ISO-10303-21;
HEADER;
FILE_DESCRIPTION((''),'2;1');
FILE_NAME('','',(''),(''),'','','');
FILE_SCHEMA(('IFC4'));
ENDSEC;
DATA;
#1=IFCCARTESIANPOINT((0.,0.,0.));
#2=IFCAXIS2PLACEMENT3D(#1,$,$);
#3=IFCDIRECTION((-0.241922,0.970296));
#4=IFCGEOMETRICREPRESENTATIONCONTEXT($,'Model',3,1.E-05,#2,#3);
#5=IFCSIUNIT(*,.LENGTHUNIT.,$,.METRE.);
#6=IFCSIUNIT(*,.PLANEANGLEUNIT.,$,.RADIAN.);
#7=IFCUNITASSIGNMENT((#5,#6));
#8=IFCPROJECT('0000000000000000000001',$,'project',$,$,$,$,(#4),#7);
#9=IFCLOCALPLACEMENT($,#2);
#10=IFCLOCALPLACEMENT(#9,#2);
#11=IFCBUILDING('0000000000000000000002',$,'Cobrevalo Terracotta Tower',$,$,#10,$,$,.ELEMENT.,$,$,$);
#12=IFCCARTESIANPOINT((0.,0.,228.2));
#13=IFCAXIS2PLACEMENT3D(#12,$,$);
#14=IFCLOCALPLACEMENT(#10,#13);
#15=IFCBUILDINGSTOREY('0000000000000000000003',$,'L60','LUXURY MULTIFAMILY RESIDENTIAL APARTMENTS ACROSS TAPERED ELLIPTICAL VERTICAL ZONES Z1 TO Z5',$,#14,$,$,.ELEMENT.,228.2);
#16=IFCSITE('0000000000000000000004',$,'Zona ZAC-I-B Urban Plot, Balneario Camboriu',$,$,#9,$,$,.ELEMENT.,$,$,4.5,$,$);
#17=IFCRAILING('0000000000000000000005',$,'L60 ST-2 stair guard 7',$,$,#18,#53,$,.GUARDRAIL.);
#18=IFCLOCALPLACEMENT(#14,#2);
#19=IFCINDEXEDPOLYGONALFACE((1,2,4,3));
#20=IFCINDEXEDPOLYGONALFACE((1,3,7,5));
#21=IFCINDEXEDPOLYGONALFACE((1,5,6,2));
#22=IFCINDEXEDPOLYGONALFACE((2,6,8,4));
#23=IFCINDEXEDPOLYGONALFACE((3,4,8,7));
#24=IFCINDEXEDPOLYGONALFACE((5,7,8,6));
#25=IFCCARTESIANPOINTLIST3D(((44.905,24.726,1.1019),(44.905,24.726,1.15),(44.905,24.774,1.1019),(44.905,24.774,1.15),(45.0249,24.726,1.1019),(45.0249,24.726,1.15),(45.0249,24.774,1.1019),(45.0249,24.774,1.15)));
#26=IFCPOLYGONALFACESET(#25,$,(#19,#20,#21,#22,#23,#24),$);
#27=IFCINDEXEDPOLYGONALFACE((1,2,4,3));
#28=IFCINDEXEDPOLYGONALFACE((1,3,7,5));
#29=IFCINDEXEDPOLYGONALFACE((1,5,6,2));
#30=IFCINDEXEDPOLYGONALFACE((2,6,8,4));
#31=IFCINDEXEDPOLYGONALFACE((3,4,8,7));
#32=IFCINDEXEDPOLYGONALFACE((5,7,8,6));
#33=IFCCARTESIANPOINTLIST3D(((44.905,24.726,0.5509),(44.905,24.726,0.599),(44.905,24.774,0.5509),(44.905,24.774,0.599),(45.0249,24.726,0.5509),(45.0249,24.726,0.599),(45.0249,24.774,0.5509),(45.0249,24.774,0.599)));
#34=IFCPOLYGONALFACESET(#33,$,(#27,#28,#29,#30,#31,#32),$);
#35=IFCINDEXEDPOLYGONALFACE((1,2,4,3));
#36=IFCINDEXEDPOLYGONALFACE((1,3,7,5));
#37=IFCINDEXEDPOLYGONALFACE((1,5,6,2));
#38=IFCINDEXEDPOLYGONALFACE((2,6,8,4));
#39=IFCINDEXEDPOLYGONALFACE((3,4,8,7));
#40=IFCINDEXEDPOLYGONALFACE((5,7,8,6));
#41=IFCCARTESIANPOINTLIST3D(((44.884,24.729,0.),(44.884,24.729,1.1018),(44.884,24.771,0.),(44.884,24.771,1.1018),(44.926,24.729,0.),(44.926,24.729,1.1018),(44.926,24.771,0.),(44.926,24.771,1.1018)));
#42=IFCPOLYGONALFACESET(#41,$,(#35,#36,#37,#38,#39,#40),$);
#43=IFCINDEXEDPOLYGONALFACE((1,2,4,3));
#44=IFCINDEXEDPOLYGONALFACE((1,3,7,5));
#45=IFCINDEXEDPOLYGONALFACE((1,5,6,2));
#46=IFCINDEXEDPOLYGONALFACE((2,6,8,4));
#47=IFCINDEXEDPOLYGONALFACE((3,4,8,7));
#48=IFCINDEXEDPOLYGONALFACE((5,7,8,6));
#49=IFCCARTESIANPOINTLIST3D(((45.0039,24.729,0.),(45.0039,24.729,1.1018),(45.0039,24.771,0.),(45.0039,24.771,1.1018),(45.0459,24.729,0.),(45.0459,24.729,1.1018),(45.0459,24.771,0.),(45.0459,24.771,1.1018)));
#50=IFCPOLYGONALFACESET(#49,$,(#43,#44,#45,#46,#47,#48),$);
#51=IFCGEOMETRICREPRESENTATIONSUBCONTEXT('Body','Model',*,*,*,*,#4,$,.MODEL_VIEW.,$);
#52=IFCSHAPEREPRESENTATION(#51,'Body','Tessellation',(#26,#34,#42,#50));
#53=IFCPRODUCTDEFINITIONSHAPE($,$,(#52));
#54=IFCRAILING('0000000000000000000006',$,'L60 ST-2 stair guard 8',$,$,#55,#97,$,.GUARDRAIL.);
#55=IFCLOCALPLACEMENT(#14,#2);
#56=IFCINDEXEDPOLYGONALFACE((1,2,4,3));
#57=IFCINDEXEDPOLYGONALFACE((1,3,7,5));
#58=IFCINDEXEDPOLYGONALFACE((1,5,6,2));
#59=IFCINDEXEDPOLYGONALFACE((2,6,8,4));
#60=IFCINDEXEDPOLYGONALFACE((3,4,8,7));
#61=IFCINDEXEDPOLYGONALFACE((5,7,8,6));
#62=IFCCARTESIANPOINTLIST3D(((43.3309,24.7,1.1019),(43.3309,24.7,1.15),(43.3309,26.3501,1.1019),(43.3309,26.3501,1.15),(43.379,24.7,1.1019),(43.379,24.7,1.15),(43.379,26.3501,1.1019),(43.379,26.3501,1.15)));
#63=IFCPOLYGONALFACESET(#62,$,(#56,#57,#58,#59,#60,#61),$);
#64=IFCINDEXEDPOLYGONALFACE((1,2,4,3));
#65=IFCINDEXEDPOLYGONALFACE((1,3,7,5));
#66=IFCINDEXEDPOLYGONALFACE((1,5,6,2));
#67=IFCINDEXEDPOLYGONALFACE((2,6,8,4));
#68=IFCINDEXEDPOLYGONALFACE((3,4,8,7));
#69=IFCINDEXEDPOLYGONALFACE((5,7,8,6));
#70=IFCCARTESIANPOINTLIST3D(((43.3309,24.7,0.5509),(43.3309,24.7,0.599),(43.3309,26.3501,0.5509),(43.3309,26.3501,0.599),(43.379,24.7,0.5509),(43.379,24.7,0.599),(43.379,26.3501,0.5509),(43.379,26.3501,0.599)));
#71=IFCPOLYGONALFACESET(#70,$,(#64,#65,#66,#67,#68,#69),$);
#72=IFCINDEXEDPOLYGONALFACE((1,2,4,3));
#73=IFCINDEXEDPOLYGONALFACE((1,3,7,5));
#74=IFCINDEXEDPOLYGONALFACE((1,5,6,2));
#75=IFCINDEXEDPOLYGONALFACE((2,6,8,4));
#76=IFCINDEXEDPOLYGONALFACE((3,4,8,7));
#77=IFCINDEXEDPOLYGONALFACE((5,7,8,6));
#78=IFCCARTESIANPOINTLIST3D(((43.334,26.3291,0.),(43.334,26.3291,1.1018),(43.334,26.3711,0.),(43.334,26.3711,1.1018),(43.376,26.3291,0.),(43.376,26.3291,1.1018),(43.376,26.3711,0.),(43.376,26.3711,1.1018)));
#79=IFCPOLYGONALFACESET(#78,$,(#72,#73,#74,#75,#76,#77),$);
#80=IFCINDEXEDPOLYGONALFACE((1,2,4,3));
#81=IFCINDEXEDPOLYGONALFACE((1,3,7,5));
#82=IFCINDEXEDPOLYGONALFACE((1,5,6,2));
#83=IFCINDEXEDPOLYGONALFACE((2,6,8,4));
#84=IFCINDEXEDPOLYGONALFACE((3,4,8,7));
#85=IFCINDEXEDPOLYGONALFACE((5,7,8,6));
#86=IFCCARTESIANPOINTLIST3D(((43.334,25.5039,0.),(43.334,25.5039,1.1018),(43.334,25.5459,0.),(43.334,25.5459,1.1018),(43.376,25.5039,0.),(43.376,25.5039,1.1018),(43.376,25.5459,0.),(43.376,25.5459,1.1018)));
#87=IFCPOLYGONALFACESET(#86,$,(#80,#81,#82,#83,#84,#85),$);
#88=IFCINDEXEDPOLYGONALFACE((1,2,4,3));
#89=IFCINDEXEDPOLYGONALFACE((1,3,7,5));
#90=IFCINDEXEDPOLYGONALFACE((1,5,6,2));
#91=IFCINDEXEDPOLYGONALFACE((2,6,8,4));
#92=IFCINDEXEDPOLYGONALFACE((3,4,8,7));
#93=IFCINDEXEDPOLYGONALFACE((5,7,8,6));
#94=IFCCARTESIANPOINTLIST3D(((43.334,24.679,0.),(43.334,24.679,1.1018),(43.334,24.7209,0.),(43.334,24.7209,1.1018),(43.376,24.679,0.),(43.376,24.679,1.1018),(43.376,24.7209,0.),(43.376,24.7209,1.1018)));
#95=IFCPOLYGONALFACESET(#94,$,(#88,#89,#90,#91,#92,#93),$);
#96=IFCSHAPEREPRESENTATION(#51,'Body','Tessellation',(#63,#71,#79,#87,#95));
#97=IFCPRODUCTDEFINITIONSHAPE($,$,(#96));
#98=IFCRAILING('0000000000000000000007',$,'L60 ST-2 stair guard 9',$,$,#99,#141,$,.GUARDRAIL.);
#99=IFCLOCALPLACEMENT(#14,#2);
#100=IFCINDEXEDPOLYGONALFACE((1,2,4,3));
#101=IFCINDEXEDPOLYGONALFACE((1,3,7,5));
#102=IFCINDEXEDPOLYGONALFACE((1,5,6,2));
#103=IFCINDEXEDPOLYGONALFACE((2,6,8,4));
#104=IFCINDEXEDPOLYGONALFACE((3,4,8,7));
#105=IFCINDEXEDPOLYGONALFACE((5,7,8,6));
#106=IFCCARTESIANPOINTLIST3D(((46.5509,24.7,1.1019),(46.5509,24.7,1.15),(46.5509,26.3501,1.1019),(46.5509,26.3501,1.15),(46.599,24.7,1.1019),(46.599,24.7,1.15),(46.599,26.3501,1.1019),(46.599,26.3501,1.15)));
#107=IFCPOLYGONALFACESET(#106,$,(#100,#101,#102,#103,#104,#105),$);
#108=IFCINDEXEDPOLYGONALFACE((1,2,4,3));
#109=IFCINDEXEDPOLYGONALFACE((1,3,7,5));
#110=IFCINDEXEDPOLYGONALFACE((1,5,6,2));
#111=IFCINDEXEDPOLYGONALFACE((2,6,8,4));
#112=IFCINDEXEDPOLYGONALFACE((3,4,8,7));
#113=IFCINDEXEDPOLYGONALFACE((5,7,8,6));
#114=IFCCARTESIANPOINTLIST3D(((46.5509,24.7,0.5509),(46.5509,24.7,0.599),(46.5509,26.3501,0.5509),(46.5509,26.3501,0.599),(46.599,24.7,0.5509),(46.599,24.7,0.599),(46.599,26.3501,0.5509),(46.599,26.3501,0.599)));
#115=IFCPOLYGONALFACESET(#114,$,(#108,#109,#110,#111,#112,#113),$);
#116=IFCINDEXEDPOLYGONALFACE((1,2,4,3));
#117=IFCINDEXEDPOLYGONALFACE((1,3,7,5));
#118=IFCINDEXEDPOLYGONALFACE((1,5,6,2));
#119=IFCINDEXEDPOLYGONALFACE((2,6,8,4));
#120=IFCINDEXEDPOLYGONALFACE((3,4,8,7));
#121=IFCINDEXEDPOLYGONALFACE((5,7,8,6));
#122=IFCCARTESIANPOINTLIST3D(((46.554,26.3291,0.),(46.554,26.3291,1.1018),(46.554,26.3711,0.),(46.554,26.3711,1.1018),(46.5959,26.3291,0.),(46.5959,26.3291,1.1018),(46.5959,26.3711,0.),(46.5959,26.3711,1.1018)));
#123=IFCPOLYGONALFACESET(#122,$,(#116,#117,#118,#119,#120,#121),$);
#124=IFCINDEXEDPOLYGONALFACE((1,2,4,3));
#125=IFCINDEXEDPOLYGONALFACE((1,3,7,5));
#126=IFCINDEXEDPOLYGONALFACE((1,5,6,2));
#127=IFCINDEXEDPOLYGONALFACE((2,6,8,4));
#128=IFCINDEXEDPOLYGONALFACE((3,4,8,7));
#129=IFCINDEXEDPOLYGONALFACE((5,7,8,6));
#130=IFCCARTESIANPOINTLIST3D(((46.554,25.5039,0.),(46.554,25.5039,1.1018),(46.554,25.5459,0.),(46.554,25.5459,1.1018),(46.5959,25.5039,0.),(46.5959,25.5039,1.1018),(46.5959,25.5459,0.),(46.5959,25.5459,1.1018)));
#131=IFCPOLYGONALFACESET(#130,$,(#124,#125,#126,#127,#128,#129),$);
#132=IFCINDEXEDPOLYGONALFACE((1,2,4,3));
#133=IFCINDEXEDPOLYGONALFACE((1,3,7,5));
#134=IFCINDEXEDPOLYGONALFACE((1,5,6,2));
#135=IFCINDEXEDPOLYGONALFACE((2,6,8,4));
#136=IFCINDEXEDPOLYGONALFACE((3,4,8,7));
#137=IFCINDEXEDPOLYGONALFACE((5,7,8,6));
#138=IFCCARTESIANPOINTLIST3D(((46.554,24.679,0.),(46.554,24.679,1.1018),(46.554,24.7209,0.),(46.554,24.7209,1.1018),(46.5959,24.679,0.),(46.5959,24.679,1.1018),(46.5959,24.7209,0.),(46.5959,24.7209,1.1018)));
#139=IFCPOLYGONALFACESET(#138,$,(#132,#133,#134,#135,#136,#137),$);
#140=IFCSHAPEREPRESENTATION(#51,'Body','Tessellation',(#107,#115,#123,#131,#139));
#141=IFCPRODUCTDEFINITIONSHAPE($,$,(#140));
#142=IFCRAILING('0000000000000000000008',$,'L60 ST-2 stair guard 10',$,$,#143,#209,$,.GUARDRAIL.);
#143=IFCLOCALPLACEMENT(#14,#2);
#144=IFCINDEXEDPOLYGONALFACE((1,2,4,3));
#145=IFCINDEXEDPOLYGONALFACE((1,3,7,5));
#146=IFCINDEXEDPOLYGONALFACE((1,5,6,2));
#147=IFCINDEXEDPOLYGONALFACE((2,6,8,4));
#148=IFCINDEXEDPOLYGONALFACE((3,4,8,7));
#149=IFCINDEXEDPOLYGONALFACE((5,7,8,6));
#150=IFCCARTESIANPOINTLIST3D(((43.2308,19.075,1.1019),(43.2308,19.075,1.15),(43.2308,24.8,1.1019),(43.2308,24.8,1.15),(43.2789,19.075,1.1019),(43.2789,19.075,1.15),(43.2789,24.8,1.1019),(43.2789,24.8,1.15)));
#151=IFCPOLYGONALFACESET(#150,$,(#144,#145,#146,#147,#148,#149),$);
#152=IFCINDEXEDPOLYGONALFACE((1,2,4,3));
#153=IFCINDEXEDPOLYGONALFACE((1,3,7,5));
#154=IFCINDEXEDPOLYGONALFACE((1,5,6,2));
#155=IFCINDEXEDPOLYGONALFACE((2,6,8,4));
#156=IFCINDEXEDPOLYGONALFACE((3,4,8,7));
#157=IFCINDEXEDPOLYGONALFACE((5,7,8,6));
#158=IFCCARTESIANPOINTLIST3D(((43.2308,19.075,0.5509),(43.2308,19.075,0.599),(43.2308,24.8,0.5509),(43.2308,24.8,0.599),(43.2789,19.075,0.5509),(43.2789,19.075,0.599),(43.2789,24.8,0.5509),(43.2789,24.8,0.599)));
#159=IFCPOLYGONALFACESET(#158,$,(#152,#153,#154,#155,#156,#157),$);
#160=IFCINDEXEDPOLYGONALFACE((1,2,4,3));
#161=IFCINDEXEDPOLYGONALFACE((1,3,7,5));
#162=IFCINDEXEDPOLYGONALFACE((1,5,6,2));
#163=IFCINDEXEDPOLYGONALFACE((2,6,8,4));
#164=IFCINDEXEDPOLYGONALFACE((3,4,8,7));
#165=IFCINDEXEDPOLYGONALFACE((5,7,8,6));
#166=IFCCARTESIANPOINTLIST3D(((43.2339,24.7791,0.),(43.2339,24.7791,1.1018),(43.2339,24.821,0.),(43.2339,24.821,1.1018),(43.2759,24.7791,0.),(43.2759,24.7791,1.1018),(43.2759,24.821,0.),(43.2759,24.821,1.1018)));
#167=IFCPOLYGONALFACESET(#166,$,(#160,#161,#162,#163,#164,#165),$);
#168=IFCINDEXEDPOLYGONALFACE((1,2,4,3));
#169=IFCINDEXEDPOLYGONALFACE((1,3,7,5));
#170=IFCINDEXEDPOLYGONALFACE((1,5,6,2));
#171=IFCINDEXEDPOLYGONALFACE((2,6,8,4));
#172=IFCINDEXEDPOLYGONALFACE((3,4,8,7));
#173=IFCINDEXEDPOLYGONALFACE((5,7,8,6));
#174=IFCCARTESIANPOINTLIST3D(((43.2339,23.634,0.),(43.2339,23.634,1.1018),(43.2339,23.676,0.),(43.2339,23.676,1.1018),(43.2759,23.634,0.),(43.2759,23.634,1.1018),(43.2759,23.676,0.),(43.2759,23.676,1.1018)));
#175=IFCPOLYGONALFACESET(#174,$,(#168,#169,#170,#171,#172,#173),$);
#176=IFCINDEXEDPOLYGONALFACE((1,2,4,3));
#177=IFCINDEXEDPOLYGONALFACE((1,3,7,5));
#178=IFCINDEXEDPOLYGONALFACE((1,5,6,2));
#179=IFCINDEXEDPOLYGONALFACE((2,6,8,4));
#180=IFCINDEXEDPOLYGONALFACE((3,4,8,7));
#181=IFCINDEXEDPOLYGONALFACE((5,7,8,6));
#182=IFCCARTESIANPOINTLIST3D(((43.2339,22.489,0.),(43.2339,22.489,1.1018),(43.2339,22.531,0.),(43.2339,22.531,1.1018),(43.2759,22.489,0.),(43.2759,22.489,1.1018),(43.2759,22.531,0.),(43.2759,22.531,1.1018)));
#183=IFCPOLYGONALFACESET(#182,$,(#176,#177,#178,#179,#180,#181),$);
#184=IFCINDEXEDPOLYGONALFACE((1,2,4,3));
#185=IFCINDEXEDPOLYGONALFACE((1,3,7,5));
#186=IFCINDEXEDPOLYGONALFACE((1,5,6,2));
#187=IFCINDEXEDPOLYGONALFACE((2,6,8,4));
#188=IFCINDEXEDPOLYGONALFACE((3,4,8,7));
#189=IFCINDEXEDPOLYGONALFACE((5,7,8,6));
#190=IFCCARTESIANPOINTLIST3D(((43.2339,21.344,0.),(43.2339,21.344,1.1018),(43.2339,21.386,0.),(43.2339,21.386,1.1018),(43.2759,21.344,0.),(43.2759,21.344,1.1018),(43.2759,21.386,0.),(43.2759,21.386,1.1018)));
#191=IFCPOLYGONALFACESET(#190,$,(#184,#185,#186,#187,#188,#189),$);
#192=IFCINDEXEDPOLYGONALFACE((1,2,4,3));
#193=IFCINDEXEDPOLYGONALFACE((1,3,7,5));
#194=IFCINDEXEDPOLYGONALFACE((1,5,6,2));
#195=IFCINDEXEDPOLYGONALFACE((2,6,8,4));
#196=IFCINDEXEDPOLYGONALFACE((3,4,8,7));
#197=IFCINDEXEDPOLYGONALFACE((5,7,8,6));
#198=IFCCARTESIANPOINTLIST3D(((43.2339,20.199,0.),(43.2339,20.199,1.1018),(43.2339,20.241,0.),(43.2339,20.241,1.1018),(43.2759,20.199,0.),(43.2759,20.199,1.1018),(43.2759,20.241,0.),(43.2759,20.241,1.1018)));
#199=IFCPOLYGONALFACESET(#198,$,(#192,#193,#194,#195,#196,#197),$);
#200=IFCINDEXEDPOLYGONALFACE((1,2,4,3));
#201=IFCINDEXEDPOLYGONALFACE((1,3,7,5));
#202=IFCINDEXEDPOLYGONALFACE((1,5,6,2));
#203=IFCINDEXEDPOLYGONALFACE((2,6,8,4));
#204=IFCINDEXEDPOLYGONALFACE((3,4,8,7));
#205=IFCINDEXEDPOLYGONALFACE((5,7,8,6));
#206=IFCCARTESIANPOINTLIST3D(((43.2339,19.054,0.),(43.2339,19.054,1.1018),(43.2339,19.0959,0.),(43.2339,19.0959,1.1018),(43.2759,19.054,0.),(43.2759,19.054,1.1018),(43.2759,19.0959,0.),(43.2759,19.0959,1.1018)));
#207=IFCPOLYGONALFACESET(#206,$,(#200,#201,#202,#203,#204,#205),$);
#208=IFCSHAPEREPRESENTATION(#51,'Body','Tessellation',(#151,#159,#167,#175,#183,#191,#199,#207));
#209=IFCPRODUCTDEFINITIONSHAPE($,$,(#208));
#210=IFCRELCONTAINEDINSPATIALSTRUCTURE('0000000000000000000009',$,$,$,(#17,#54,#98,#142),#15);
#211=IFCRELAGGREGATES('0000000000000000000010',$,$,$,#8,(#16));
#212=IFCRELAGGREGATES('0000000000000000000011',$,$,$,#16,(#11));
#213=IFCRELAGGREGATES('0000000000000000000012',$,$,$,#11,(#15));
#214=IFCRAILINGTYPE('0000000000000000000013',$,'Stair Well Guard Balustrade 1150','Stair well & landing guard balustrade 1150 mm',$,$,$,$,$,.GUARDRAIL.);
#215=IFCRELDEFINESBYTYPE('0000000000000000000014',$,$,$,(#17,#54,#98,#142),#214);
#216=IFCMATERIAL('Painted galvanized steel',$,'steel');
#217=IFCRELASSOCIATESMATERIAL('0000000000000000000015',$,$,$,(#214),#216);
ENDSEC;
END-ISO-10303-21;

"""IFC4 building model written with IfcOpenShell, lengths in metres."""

from ifc_helpers import new_model, si_unit, direction, frame, origin, origin_2d, place, context, subcontext, project, spatial, rectangle, extrude, material, type_object, element, save


model = new_model("IFC4")

# Units and contexts
model_context = context("Model", 3, precision=1e-05, world=origin(), true_north=direction((-0.241922, 0.970296)))
body_context = subcontext(model_context, "Body", "Model", "MODEL_VIEW")
ifc_project = project(units=[si_unit("LENGTHUNIT", "METRE"), si_unit("PLANEANGLEUNIT", "RADIAN")], contexts=[model_context])

# Site, building, storey
site_placement = place(None, origin())
site = spatial("IfcSite", under=ifc_project, at=site_placement, Name="Zona ZAC-I-B Urban Plot, Balneario Camboriu", CompositionType="ELEMENT", RefElevation=4.5)
building_placement = place(site_placement, origin())
building = spatial("IfcBuilding", under=site, at=building_placement, Name="Cobrevalo Terracotta Tower", CompositionType="ELEMENT")
storey_placement = place(building_placement, frame((0.0, 0.0, 228.2)))
storey = spatial("IfcBuildingStorey", under=building, at=storey_placement, Name="L60", Description="LUXURY MULTIFAMILY RESIDENTIAL APARTMENTS ACROSS TAPERED ELLIPTICAL VERTICAL ZONES Z1 TO Z5", CompositionType="ELEMENT", Elevation=228.2)

# Railings
ifc_material_1 = material(Name="Painted galvanized steel", Category="steel")
railing_type = type_object("IfcRailingType", Name="Stair Well Guard Balustrade 1150", Description="Stair well & landing guard balustrade 1150 mm", PredefinedType="GUARDRAIL", material=ifc_material_1)
railing_1_placement = place(storey_placement, frame((44.905, 24.75, 0.0)))
element("IfcRailing", 1, at=railing_1_placement, inside=storey, type_object=railing_type, Name="L60 ST-2 stair guard 7", PredefinedType="GUARDRAIL", context=body_context, shape_type="SweptSolid", body=[
    extrude(rectangle(XDim=0.0481, YDim=0.0481, at=origin_2d()), frame((0.0, 0.0, 1.126), z_axis=(1.0, 0.0, 0.0), x_axis=(0.0, 1.0, 0.0)), (0.0, 0.0, 1.0), 0.1199),
    extrude(rectangle(XDim=0.0481, YDim=0.0481, at=origin_2d()), frame((0.0, 0.0, 0.575), z_axis=(1.0, 0.0, 0.0), x_axis=(0.0, 1.0, 0.0)), (0.0, 0.0, 1.0), 0.1199),
    extrude(rectangle(XDim=0.042, YDim=0.042, at=origin_2d()), origin(), (0.0, 0.0, 1.0), 1.1018),
    extrude(rectangle(XDim=0.042, YDim=0.042, at=origin_2d()), frame((0.1199, 0.0, 0.0)), (0.0, 0.0, 1.0), 1.1018),
])
for number, where, name in (
    (2, (43.355, 26.3501, 0.0), "L60 ST-2 stair guard 8"),
    (3, (46.575, 26.3501, 0.0), "L60 ST-2 stair guard 9"),
):
    element("IfcRailing", number, at=place(storey_placement, frame(where)), inside=storey, type_object=railing_type, Name=name, PredefinedType="GUARDRAIL", context=body_context, shape_type="SweptSolid", body=[
        extrude(rectangle(XDim=0.0481, YDim=0.0481, at=origin_2d()), frame((0.0, 0.0, 1.126), z_axis=(0.0, -1.0, 0.0), x_axis=(1.0, 0.0, 0.0)), (0.0, 0.0, 1.0), 1.6501),
        extrude(rectangle(XDim=0.0481, YDim=0.0481, at=origin_2d()), frame((0.0, 0.0, 0.575), z_axis=(0.0, -1.0, 0.0), x_axis=(1.0, 0.0, 0.0)), (0.0, 0.0, 1.0), 1.6501),
        extrude(rectangle(XDim=0.042, YDim=0.042, at=origin_2d()), origin(), (0.0, 0.0, 1.0), 1.1018),
        extrude(rectangle(XDim=0.042, YDim=0.042, at=origin_2d()), frame((0.0, -0.8252, 0.0)), (0.0, 0.0, 1.0), 1.1018),
        extrude(rectangle(XDim=0.042, YDim=0.042, at=origin_2d()), frame((0.0, -1.6501, 0.0)), (0.0, 0.0, 1.0), 1.1018),
    ])
for number, where, name in (
    (4, (43.2549, 24.8, 0.0), "L60 ST-2 stair guard 10"),
):
    element("IfcRailing", number, at=place(storey_placement, frame(where)), inside=storey, type_object=railing_type, Name=name, PredefinedType="GUARDRAIL", context=body_context, shape_type="SweptSolid", body=[
        extrude(rectangle(XDim=0.0481, YDim=0.0481, at=origin_2d()), frame((0.0, 0.0, 1.126), z_axis=(0.0, -1.0, 0.0), x_axis=(1.0, 0.0, 0.0)), (0.0, 0.0, 1.0), 5.7251),
        extrude(rectangle(XDim=0.0481, YDim=0.0481, at=origin_2d()), frame((0.0, 0.0, 0.575), z_axis=(0.0, -1.0, 0.0), x_axis=(1.0, 0.0, 0.0)), (0.0, 0.0, 1.0), 5.7251),
        extrude(rectangle(XDim=0.042, YDim=0.042, at=origin_2d()), origin(), (0.0, 0.0, 1.0), 1.1018),
        extrude(rectangle(XDim=0.042, YDim=0.042, at=origin_2d()), frame((0.0, -1.145, 0.0)), (0.0, 0.0, 1.0), 1.1018),
        extrude(rectangle(XDim=0.042, YDim=0.042, at=origin_2d()), frame((0.0, -2.29, 0.0)), (0.0, 0.0, 1.0), 1.1018),
        extrude(rectangle(XDim=0.042, YDim=0.042, at=origin_2d()), frame((0.0, -3.4351, 0.0)), (0.0, 0.0, 1.0), 1.1018),
        extrude(rectangle(XDim=0.042, YDim=0.042, at=origin_2d()), frame((0.0, -4.5801, 0.0)), (0.0, 0.0, 1.0), 1.1018),
        extrude(rectangle(XDim=0.042, YDim=0.042, at=origin_2d()), frame((0.0, -5.7251, 0.0)), (0.0, 0.0, 1.0), 1.1018),
    ])

save(model, "model.ifc")
